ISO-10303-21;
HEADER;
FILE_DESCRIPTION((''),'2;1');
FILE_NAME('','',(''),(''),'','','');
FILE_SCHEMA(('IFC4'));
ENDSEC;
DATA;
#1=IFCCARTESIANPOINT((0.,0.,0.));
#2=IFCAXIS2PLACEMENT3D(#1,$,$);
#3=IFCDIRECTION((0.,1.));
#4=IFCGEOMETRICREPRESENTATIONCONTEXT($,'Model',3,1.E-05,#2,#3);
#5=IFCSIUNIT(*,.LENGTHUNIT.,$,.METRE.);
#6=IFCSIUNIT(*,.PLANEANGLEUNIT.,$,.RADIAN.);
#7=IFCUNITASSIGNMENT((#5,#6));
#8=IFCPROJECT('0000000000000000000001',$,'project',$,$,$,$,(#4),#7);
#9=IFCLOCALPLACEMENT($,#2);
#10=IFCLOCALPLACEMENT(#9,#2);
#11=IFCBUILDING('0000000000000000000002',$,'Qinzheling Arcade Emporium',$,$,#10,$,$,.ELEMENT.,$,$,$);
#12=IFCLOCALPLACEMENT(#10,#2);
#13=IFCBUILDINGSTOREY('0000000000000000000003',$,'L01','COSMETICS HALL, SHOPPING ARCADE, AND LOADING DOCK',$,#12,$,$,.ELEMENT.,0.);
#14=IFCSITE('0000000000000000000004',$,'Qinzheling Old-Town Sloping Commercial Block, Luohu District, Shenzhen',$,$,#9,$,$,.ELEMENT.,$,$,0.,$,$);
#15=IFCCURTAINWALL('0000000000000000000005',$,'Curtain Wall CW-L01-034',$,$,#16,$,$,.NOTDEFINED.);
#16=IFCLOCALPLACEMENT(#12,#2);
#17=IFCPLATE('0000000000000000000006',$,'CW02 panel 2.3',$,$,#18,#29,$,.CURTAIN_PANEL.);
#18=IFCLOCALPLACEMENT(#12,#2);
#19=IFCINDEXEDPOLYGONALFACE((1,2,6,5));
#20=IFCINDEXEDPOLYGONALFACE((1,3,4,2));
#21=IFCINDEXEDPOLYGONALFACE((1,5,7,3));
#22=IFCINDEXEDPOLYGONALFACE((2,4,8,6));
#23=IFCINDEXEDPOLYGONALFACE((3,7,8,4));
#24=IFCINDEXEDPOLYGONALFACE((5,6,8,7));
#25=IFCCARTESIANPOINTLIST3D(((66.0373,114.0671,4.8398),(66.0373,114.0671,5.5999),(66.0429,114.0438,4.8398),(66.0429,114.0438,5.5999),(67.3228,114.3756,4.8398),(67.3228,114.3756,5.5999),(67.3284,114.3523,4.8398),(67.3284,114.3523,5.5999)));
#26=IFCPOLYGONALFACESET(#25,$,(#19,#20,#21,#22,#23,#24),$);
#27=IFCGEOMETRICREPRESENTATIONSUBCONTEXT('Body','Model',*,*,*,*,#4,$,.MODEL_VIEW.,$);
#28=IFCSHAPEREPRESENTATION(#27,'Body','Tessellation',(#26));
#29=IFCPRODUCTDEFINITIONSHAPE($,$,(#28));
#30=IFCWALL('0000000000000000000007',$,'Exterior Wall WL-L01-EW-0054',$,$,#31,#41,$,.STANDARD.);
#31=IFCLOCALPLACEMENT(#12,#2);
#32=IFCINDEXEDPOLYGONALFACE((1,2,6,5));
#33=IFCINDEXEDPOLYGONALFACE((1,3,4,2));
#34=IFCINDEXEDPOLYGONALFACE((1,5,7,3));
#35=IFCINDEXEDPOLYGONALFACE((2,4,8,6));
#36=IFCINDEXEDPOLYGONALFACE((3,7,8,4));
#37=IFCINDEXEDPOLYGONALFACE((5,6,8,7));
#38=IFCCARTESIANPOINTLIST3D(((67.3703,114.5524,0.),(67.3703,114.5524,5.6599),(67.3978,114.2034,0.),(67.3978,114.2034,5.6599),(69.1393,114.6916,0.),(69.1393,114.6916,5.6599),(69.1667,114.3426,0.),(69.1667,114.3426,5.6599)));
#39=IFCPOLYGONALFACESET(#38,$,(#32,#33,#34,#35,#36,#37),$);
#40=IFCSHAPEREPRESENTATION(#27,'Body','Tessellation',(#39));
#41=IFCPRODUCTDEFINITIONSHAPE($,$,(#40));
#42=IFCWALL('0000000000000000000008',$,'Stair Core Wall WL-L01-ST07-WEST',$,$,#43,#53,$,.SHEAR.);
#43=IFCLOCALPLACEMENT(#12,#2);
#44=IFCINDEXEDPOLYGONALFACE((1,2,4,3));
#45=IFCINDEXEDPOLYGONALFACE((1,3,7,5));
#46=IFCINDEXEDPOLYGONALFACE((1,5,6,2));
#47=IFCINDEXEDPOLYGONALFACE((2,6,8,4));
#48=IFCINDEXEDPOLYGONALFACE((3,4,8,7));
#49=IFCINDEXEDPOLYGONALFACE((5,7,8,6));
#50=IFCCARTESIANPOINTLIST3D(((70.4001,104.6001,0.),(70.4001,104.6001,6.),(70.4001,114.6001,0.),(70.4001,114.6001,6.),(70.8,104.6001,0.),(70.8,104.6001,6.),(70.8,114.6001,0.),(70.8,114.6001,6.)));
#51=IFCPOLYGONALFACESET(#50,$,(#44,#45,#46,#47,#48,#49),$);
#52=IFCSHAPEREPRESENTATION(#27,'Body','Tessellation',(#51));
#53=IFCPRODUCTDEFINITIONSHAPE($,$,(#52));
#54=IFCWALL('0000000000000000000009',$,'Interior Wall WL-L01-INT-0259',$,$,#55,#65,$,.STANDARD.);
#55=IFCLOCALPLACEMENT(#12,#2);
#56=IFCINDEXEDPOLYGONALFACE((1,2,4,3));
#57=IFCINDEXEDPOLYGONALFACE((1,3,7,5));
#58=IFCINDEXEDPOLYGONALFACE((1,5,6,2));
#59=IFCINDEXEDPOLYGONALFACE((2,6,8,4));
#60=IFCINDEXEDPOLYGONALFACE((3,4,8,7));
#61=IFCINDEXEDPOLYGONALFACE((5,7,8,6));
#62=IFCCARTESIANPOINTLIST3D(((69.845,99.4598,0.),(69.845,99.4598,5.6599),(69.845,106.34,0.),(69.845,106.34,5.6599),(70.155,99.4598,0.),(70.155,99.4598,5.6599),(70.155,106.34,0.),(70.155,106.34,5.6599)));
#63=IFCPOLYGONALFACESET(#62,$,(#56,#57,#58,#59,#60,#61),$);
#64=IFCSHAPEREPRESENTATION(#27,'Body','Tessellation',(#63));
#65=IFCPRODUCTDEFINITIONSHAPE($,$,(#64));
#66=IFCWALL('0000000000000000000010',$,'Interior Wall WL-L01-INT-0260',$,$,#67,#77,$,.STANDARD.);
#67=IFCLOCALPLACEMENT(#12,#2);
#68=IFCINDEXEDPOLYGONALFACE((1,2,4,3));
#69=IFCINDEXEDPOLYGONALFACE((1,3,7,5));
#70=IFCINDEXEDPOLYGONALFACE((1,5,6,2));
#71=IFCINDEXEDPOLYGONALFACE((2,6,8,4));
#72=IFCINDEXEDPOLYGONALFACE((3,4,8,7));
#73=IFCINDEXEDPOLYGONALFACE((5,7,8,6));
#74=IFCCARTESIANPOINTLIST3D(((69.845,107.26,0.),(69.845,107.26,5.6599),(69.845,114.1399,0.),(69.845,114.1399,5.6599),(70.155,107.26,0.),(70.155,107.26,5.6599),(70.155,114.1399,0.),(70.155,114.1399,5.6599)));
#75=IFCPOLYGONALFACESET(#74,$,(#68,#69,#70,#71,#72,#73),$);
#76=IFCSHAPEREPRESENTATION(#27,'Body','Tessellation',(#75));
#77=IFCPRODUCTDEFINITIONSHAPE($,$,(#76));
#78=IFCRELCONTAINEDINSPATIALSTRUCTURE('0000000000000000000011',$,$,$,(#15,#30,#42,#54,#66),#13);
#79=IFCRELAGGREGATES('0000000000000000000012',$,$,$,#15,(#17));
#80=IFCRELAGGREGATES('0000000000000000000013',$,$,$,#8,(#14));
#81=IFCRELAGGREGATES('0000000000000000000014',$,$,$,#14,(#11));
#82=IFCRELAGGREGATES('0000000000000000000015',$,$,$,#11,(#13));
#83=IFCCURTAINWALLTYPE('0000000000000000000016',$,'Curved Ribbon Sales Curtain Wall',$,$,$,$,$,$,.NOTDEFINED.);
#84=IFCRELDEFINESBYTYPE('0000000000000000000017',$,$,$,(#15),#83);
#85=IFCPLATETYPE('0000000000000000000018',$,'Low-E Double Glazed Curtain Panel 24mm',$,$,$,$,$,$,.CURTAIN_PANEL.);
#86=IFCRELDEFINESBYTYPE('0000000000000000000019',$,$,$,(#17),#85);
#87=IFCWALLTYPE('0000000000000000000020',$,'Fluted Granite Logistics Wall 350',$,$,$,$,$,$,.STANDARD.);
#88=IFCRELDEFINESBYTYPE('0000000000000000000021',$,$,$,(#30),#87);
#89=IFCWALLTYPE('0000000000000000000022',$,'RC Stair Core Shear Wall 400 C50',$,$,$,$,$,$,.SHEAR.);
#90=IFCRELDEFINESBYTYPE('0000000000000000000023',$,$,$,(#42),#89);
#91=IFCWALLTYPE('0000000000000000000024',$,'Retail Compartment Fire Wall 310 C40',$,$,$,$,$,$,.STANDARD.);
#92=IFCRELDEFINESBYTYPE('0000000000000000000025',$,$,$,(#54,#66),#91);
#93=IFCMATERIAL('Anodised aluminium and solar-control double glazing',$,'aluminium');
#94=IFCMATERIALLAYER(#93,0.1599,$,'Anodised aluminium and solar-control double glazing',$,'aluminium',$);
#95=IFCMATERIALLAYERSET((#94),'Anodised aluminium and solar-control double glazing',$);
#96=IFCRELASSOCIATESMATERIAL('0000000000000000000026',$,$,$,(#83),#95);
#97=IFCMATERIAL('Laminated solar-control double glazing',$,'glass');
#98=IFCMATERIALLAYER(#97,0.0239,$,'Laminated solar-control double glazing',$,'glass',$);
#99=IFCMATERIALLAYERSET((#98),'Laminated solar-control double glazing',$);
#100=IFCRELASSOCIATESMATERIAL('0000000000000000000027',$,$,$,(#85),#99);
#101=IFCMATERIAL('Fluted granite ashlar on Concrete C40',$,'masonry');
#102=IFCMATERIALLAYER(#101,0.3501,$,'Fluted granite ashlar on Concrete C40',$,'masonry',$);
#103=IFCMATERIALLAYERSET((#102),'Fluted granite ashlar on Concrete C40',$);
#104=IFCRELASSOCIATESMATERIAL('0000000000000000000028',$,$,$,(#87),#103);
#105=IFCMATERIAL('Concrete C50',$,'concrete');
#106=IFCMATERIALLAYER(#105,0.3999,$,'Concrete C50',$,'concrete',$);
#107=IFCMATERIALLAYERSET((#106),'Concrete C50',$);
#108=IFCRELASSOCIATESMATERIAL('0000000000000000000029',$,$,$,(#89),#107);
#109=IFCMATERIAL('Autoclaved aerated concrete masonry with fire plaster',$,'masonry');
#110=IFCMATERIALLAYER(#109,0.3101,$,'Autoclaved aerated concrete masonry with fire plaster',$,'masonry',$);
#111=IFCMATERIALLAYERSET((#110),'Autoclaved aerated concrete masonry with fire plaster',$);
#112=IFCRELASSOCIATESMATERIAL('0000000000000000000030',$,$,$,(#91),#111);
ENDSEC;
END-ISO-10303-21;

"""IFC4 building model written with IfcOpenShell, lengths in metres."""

from ifc_helpers import new_model, si_unit, direction, frame, frame_2d, origin, origin_2d, place, context, subcontext, project, spatial, rectangle, extrude, material, layer, layer_set, type_object, element, aggregate, save


model = new_model("IFC4")

# Units and contexts
model_context = context("Model", 3, precision=1e-05, world=origin(), true_north=direction((0.0, 1.0)))
body_context = subcontext(model_context, "Body", "Model", "MODEL_VIEW")
ifc_project = project(units=[si_unit("LENGTHUNIT", "METRE"), si_unit("PLANEANGLEUNIT", "RADIAN")], contexts=[model_context])

# Site, building, storey
site_placement = place(None, origin())
site = spatial("IfcSite", under=ifc_project, at=site_placement, Name="Qinzheling Old-Town Sloping Commercial Block, Luohu District, Shenzhen", CompositionType="ELEMENT", RefElevation=0.0)
building_placement = place(site_placement, origin())
building = spatial("IfcBuilding", under=site, at=building_placement, Name="Qinzheling Arcade Emporium", CompositionType="ELEMENT")
storey_placement = place(building_placement, origin())
storey = spatial("IfcBuildingStorey", under=building, at=storey_placement, Name="L01", Description="COSMETICS HALL, SHOPPING ARCADE, AND LOADING DOCK", CompositionType="ELEMENT", Elevation=0.0)

# Shared definitions
ifc_material_1 = material(Name="Concrete C50", Category="concrete")

# Shared definitions
ifc_material_2 = material(Name="Anodised aluminium and solar-control double glazing", Category="aluminium")
ifc_layer_1 = layer(ifc_material_2, 0.1599, Name="Anodised aluminium and solar-control double glazing", Category="aluminium")
ifc_layer_set_1 = layer_set([ifc_layer_1], Name="Anodised aluminium and solar-control double glazing")
curtain_wall_type = type_object("IfcCurtainWallType", Name="Curved Ribbon Sales Curtain Wall", PredefinedType="NOTDEFINED", material=ifc_layer_set_1)

# Curtain wall
curtain_wall_1_placement = place(storey_placement, origin())
curtain_wall_1 = element("IfcCurtainWall", 1, at=curtain_wall_1_placement, inside=storey, type_object=curtain_wall_type, Name="Curtain Wall CW-L01-034", PredefinedType="NOTDEFINED")

# Plate
ifc_material_3 = material(Name="Laminated solar-control double glazing", Category="glass")
ifc_layer_2 = layer(ifc_material_3, 0.0239, Name="Laminated solar-control double glazing", Category="glass")
ifc_layer_set_2 = layer_set([ifc_layer_2], Name="Laminated solar-control double glazing")
plate_type_1 = type_object("IfcPlateType", Name="Low-E Double Glazed Curtain Panel 24mm", PredefinedType="CURTAIN_PANEL", material=ifc_layer_set_2)
plate_1_placement = place(storey_placement, frame((66.6829, 114.2097, 4.8398), z_axis=(0.0, 0.0, 1.0), x_axis=(0.972391, 0.23336, 0.0)))
plate_1 = element("IfcPlate", 2, at=plate_1_placement, type_object=plate_type_1, Name="CW02 panel 2.3", PredefinedType="CURTAIN_PANEL", context=body_context, shape_type="SweptSolid", body=[
    extrude(rectangle(XDim=1.322, YDim=0.0239, at=origin_2d()), origin(), (0.0, 0.0, 1.0), 0.76),
])
aggregate(curtain_wall_1, [plate_1])

# Wall
ifc_material_4 = material(Name="Fluted granite ashlar on Concrete C40", Category="masonry")
ifc_layer_3 = layer(ifc_material_4, 0.3501, Name="Fluted granite ashlar on Concrete C40", Category="masonry")
ifc_layer_set_3 = layer_set([ifc_layer_3], Name="Fluted granite ashlar on Concrete C40")
wall_type_1 = type_object("IfcWallType", Name="Fluted Granite Logistics Wall 350", PredefinedType="STANDARD", material=ifc_layer_set_3)
wall_1_placement = place(storey_placement, frame((67.384, 114.3779, 0.0), z_axis=(0.0, 0.0, 1.0), x_axis=(0.99692, 0.078422, 0.0)))
element("IfcWall", 3, at=wall_1_placement, inside=storey, type_object=wall_type_1, Name="Exterior Wall WL-L01-EW-0054", PredefinedType="STANDARD", context=body_context, shape_type="SweptSolid", body=[
    extrude(rectangle(XDim=1.7744, YDim=0.3501, at=frame_2d((0.8872, 0.0))), origin(), (0.0, 0.0, 1.0), 5.6599),
])

# Walls
ifc_layer_4 = layer(ifc_material_1, 0.3999, Name="Concrete C50", Category="concrete")
ifc_layer_set_4 = layer_set([ifc_layer_4], Name="Concrete C50")
wall_type_2 = type_object("IfcWallType", Name="RC Stair Core Shear Wall 400 C50", PredefinedType="SHEAR", material=ifc_layer_set_4)
wall_2_placement = place(storey_placement, frame((70.6001, 104.6001, 0.0), z_axis=(0.0, 0.0, 1.0), x_axis=(0.0, 1.0, 0.0)))
element("IfcWall", 4, at=wall_2_placement, inside=storey, type_object=wall_type_2, Name="Stair Core Wall WL-L01-ST07-WEST", PredefinedType="SHEAR", context=body_context, shape_type="SweptSolid", body=[
    extrude(rectangle(XDim=10.0, YDim=0.3999, at=frame_2d((5.0, 0.0))), origin(), (0.0, 0.0, 1.0), 6.0),
])
ifc_material_5 = material(Name="Autoclaved aerated concrete masonry with fire plaster", Category="masonry")
ifc_layer_5 = layer(ifc_material_5, 0.3101, Name="Autoclaved aerated concrete masonry with fire plaster", Category="masonry")
ifc_layer_set_5 = layer_set([ifc_layer_5], Name="Autoclaved aerated concrete masonry with fire plaster")
wall_type_3 = type_object("IfcWallType", Name="Retail Compartment Fire Wall 310 C40", PredefinedType="STANDARD", material=ifc_layer_set_5)
wall_3_placement = place(storey_placement, frame((70.0, 99.46, 0.0), z_axis=(0.0, 0.0, 1.0), x_axis=(0.0, 1.0, 0.0)))
element("IfcWall", 5, at=wall_3_placement, inside=storey, type_object=wall_type_3, Name="Interior Wall WL-L01-INT-0259", PredefinedType="STANDARD", context=body_context, shape_type="SweptSolid", body=[
    extrude(rectangle(XDim=6.8801, YDim=0.3101, at=frame_2d((3.4399, 0.0))), origin(), (0.0, 0.0, 1.0), 5.6599),
])
wall_4_placement = place(storey_placement, frame((70.0, 107.26, 0.0), z_axis=(0.0, 0.0, 1.0), x_axis=(0.0, 1.0, 0.0)))
element("IfcWall", 6, at=wall_4_placement, inside=storey, type_object=wall_type_3, Name="Interior Wall WL-L01-INT-0260", PredefinedType="STANDARD", context=body_context, shape_type="SweptSolid", body=[
    extrude(rectangle(XDim=6.8799, YDim=0.3101, at=frame_2d((3.4399, 0.0))), origin(), (0.0, 0.0, 1.0), 5.6599),
])

save(model, "model.ifc")
